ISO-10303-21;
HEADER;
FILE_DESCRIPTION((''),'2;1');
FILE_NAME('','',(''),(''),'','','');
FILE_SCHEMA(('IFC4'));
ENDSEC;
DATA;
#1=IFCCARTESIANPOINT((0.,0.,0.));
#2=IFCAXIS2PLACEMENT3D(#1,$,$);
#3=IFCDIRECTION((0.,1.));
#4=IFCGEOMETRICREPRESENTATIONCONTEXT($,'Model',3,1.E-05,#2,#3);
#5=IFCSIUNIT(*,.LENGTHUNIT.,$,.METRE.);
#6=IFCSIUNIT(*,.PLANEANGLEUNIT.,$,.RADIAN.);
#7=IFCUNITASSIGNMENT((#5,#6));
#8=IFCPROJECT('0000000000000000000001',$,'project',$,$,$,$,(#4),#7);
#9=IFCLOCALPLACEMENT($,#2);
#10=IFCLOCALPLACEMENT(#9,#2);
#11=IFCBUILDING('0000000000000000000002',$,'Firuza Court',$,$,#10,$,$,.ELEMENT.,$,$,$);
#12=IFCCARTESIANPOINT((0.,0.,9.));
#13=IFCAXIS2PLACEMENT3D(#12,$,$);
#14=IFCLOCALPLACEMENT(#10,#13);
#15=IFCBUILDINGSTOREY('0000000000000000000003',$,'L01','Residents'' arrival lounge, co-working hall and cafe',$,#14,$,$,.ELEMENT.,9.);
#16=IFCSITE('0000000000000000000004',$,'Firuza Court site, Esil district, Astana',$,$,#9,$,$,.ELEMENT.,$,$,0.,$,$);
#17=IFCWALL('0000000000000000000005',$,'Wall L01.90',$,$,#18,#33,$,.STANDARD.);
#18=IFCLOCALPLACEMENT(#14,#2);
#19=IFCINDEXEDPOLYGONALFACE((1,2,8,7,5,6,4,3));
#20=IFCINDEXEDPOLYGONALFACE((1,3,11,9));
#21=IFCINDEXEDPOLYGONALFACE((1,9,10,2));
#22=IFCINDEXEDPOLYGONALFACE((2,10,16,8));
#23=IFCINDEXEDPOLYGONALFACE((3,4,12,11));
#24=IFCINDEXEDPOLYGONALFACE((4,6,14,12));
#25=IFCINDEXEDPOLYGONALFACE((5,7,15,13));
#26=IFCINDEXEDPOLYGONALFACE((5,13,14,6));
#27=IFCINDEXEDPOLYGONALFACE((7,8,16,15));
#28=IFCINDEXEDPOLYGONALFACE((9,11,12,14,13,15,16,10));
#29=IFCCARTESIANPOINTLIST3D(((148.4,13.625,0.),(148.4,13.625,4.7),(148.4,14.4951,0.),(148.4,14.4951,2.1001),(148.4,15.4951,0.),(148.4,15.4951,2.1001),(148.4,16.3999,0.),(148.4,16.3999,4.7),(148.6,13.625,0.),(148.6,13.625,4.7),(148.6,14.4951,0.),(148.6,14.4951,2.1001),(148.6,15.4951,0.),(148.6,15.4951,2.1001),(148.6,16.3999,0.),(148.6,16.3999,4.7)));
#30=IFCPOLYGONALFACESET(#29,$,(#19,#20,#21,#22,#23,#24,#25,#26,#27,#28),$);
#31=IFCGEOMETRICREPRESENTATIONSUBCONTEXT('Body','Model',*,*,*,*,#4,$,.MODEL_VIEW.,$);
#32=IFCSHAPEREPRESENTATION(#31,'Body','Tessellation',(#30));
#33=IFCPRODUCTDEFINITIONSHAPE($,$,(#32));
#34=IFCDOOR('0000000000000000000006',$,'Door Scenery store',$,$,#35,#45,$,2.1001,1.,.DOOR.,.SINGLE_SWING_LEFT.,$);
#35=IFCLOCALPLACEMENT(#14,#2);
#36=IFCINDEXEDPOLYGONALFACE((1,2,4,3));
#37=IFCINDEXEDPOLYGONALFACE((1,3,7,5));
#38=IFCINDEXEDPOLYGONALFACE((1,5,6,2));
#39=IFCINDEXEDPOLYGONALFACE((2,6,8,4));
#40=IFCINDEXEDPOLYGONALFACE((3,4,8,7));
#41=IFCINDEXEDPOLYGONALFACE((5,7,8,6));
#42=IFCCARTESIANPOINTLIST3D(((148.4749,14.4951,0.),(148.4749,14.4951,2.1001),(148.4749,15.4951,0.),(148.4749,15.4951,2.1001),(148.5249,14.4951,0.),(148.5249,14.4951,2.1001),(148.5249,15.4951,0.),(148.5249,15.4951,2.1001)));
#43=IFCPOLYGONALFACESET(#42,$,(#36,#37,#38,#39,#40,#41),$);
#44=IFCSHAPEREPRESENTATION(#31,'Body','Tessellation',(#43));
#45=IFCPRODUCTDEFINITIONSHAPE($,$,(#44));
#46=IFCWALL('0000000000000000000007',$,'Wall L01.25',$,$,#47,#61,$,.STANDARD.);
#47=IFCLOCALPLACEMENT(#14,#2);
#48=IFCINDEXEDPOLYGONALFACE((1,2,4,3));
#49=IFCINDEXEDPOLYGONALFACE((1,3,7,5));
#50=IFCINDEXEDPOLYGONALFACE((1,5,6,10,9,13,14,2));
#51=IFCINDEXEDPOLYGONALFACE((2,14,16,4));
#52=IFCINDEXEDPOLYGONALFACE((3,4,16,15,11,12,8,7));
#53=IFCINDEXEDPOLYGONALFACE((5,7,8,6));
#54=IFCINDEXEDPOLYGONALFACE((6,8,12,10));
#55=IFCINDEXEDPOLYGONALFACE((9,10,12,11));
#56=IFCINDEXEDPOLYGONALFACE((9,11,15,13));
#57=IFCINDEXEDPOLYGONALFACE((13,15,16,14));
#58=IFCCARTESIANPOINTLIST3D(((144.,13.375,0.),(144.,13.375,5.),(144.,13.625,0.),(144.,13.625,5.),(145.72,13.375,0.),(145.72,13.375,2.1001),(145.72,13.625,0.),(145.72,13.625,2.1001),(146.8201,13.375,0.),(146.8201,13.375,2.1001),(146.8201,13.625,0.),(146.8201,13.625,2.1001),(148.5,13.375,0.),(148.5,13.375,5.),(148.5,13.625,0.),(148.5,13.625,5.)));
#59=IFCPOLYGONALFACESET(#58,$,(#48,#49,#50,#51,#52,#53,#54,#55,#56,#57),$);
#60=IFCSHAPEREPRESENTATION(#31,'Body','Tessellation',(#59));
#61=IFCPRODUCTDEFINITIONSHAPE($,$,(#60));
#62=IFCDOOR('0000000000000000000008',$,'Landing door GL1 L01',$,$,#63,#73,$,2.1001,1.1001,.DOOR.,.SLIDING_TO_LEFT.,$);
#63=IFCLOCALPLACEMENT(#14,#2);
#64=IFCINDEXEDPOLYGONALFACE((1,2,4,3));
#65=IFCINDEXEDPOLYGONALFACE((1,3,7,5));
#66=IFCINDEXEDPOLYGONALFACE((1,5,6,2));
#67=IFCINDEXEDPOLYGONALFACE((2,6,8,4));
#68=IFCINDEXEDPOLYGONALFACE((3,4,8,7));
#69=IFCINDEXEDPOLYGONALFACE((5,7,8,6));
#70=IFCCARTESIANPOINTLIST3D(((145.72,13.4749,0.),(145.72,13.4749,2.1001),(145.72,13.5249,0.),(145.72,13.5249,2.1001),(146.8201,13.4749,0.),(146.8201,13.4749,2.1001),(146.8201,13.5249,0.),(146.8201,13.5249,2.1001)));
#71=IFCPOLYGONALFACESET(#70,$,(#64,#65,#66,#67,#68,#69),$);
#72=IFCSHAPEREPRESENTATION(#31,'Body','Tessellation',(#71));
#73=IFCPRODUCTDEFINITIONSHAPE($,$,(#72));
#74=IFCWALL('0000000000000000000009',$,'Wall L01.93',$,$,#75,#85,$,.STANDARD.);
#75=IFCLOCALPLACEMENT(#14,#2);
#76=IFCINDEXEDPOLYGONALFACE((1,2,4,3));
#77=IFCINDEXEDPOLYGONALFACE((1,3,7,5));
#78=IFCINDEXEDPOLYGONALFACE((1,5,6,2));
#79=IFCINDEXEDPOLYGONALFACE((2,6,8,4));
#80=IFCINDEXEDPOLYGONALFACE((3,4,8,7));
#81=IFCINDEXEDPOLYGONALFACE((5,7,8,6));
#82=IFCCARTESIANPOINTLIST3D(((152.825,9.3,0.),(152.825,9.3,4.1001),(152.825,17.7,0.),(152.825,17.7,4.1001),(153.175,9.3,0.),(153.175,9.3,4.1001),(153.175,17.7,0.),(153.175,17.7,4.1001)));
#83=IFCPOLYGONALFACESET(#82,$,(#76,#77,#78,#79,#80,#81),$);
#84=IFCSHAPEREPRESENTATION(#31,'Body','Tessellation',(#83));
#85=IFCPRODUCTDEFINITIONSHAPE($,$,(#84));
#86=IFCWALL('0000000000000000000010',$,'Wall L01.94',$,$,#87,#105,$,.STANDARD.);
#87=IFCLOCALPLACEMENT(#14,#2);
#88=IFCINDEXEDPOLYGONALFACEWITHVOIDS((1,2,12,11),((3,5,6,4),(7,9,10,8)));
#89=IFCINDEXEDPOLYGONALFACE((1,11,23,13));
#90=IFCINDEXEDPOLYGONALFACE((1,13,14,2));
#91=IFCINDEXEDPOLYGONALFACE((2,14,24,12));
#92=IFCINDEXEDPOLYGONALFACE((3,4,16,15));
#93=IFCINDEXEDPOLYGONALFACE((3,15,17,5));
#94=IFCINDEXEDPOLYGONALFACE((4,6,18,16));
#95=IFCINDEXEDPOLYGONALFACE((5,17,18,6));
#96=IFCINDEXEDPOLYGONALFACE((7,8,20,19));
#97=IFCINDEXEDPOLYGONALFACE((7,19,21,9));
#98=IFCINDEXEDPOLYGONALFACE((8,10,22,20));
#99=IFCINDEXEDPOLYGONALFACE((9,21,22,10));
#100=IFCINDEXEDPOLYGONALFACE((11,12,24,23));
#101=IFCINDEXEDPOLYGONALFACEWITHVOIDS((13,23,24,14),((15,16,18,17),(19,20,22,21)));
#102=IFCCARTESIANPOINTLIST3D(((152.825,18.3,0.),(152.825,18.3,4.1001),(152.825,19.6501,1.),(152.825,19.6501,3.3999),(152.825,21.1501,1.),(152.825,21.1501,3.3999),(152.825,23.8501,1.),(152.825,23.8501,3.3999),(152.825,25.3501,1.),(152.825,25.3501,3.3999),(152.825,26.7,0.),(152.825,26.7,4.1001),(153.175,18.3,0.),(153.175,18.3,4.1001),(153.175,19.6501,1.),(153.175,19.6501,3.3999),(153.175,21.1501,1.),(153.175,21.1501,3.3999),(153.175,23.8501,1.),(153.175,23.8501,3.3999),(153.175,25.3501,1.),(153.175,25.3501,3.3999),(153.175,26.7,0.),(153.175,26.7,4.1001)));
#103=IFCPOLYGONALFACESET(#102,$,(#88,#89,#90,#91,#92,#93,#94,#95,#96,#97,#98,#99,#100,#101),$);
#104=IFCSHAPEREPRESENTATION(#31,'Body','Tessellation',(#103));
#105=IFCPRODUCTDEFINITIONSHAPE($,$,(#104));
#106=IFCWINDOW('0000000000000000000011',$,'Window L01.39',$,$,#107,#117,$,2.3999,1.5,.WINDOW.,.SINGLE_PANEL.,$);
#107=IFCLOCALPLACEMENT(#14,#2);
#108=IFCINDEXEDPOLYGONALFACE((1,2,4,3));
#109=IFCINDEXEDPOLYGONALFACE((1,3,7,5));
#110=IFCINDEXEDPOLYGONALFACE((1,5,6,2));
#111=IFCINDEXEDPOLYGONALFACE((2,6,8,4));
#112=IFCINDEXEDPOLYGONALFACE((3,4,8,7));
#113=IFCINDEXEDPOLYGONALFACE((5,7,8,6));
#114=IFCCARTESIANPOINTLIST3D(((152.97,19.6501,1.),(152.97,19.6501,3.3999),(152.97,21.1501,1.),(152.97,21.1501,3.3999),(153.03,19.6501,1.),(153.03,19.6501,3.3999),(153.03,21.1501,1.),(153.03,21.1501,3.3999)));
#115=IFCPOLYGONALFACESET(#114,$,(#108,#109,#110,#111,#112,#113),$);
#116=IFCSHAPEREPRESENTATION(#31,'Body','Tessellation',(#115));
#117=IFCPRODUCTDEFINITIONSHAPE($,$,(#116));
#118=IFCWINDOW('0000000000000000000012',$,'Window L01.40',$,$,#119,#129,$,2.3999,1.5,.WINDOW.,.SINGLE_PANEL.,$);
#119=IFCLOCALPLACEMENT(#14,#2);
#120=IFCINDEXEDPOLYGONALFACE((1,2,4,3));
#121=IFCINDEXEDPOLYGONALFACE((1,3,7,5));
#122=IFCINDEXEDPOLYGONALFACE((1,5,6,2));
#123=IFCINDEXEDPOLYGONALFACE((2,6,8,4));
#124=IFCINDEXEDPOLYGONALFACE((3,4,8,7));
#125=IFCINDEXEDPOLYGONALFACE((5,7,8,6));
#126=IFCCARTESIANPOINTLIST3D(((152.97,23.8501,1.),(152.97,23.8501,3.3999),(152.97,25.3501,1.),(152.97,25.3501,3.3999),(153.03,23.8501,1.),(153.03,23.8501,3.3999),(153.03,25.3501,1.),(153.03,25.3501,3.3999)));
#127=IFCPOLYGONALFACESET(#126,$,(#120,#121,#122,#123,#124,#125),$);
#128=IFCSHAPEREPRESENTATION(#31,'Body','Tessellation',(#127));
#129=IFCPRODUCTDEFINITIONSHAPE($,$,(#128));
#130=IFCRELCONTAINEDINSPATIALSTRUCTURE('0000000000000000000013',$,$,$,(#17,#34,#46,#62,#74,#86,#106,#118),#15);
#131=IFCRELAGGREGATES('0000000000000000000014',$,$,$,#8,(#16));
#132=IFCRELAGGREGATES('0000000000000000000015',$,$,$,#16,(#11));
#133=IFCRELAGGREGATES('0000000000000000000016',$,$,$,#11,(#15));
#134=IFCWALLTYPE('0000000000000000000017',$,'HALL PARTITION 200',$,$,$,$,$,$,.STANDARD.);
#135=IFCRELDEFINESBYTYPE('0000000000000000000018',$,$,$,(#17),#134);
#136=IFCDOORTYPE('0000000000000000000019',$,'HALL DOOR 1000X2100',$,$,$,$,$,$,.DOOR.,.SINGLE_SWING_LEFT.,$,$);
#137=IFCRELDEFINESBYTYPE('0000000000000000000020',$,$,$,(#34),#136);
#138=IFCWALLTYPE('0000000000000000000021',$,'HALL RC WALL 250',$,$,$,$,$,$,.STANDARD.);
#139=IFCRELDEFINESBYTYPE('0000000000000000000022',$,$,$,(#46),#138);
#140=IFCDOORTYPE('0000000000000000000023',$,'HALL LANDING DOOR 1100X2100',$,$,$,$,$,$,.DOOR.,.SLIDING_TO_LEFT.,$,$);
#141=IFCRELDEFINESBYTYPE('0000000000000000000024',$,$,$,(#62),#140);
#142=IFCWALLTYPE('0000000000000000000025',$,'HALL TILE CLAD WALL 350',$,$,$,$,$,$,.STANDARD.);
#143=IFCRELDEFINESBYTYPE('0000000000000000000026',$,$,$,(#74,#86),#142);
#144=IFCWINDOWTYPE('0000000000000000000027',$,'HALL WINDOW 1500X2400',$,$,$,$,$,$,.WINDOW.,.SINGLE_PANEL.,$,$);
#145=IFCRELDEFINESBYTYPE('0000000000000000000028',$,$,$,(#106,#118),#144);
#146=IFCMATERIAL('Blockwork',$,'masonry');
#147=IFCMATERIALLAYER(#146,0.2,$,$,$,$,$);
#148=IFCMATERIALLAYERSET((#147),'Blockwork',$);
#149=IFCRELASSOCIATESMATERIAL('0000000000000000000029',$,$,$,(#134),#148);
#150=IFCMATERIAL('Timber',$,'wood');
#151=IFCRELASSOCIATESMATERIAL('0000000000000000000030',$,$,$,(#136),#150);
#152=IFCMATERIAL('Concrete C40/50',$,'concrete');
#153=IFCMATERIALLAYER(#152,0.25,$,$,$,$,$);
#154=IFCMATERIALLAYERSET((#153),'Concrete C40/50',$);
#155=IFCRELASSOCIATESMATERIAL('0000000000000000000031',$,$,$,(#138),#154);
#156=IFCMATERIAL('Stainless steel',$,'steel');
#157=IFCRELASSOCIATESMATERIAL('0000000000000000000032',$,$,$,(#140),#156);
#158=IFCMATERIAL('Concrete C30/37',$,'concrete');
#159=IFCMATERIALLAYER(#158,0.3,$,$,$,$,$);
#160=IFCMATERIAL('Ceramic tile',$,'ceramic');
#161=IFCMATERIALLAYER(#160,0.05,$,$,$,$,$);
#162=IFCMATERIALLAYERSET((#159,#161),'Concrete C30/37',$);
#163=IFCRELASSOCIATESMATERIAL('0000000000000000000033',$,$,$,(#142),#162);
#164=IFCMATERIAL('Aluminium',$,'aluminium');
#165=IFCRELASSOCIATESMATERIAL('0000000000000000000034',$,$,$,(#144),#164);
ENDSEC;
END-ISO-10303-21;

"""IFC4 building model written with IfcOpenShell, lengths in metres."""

from ifc_helpers import new_model, si_unit, direction, frame, frame_2d, origin, place, context, subcontext, project, spatial, rectangle, extrude, material, layer, layer_set, type_object, element, fill, save


model = new_model("IFC4")

# Units and contexts
model_context = context("Model", 3, precision=1e-05, world=origin(), true_north=direction((0.0, 1.0)))
body_context = subcontext(model_context, "Body", "Model", "MODEL_VIEW")
ifc_project = project(units=[si_unit("LENGTHUNIT", "METRE"), si_unit("PLANEANGLEUNIT", "RADIAN")], contexts=[model_context])

# Site, building, storey
site_placement = place(None, origin())
site = spatial("IfcSite", under=ifc_project, at=site_placement, Name="Firuza Court site, Esil district, Astana", CompositionType="ELEMENT", RefElevation=0.0)
building_placement = place(site_placement, origin())
building = spatial("IfcBuilding", under=site, at=building_placement, Name="Firuza Court", CompositionType="ELEMENT")
storey_placement = place(building_placement, frame((0.0, 0.0, 9.0)))
storey = spatial("IfcBuildingStorey", under=building, at=storey_placement, Name="L01", Description="Residents' arrival lounge, co-working hall and cafe", CompositionType="ELEMENT", Elevation=9.0)

# Shared definitions
ifc_material_1 = material(Name="Blockwork", Category="masonry")
ifc_layer_1 = layer(ifc_material_1, 0.2)
ifc_layer_set_1 = layer_set([ifc_layer_1], Name="Blockwork")
wall_type_1 = type_object("IfcWallType", Name="HALL PARTITION 200", PredefinedType="STANDARD", material=ifc_layer_set_1)

# Walls, openings, doors
ifc_material_2 = material(Name="Timber", Category="wood")
door_type_1 = type_object("IfcDoorType", Name="HALL DOOR 1000X2100", OperationType="SINGLE_SWING_LEFT", PredefinedType="DOOR", material=ifc_material_2)
wall_1_placement = place(storey_placement, frame((148.5, 13.625, 0.0), z_axis=(0.0, 0.0, 1.0), x_axis=(0.0, 1.0, 0.0)))
wall_1 = element("IfcWall", 1, at=wall_1_placement, inside=storey, type_object=wall_type_1, Name="Wall L01.90", PredefinedType="STANDARD", context=body_context, shape_type="SweptSolid", body=[
    extrude(rectangle(XDim=2.7749, YDim=0.2, at=frame_2d((1.3875, 0.0))), origin(), (0.0, 0.0, 1.0), 4.7),
])
opening_1_placement = place(wall_1_placement, frame((0.8701, 0.0, 0.0)))
opening_1 = element("IfcOpeningElement", 2, at=opening_1_placement, cuts=wall_1, PredefinedType="OPENING", context=body_context, shape_type="SweptSolid", body=[
    extrude(rectangle(XDim=1.0, YDim=2.1001, at=frame_2d((0.5, 1.05))), frame((0.0, 0.1118, 0.0), z_axis=(0.0, -1.0, 0.0), x_axis=(1.0, 0.0, 0.0)), (0.0, 0.0, 1.0), 0.2239),
])
door_1_placement = place(opening_1_placement, frame((1.0, 0.0, 0.0), z_axis=(0.0, 0.0, 1.0), x_axis=(-1.0, 0.0, 0.0)))
door_1 = element("IfcDoor", 3, at=door_1_placement, inside=storey, type_object=door_type_1, Name="Door Scenery store", OperationType="SINGLE_SWING_LEFT", OverallHeight=2.1001, OverallWidth=1.0, PredefinedType="DOOR", context=body_context, shape_type="SweptSolid", body=[
    extrude(rectangle(XDim=1.0, YDim=2.1001, at=frame_2d((0.5, 1.05))), frame((0.0, 0.0249, 0.0), z_axis=(0.0, -1.0, 0.0), x_axis=(1.0, 0.0, 0.0)), (0.0, 0.0, 1.0), 0.05),
])
fill(opening_1, door_1)
ifc_material_3 = material(Name="Concrete C40/50", Category="concrete")
ifc_layer_2 = layer(ifc_material_3, 0.25)
ifc_layer_set_2 = layer_set([ifc_layer_2], Name="Concrete C40/50")
wall_type_2 = type_object("IfcWallType", Name="HALL RC WALL 250", PredefinedType="STANDARD", material=ifc_layer_set_2)
wall_2_placement = place(storey_placement, frame((144.0, 13.5, 0.0), z_axis=(0.0, 0.0, 1.0), x_axis=(1.0, 0.0, 0.0)))
wall_2 = element("IfcWall", 4, at=wall_2_placement, inside=storey, type_object=wall_type_2, Name="Wall L01.25", PredefinedType="STANDARD", context=body_context, shape_type="SweptSolid", body=[
    extrude(rectangle(XDim=4.5, YDim=0.25, at=frame_2d((2.25, 0.0))), origin(), (0.0, 0.0, 1.0), 5.0),
])
opening_2_placement = place(wall_2_placement, frame((1.72, 0.0, 0.0)))
opening_2 = element("IfcOpeningElement", 5, at=opening_2_placement, cuts=wall_2, PredefinedType="OPENING", context=body_context, shape_type="SweptSolid", body=[
    extrude(rectangle(XDim=1.1001, YDim=2.1001, at=frame_2d((0.55, 1.05))), frame((0.0, 0.137, 0.0), z_axis=(0.0, -1.0, 0.0), x_axis=(1.0, 0.0, 0.0)), (0.0, 0.0, 1.0), 0.2739),
])
ifc_material_4 = material(Name="Stainless steel", Category="steel")
door_type_2 = type_object("IfcDoorType", Name="HALL LANDING DOOR 1100X2100", OperationType="SLIDING_TO_LEFT", PredefinedType="DOOR", material=ifc_material_4)
door_2_placement = place(opening_2_placement, origin())
door_2 = element("IfcDoor", 6, at=door_2_placement, inside=storey, type_object=door_type_2, Name="Landing door GL1 L01", OperationType="SLIDING_TO_LEFT", OverallHeight=2.1001, OverallWidth=1.1001, PredefinedType="DOOR", context=body_context, shape_type="SweptSolid", body=[
    extrude(rectangle(XDim=1.1001, YDim=2.1001, at=frame_2d((0.55, 1.05))), frame((0.0, 0.0249, 0.0), z_axis=(0.0, -1.0, 0.0), x_axis=(1.0, 0.0, 0.0)), (0.0, 0.0, 1.0), 0.05),
])
fill(opening_2, door_2)

# Wall
ifc_material_5 = material(Name="Concrete C30/37", Category="concrete")
ifc_layer_3 = layer(ifc_material_5, 0.3)
ifc_material_6 = material(Name="Ceramic tile", Category="ceramic")
ifc_layer_4 = layer(ifc_material_6, 0.05)
ifc_layer_set_3 = layer_set([ifc_layer_3, ifc_layer_4], Name="Concrete C30/37")
wall_type_3 = type_object("IfcWallType", Name="HALL TILE CLAD WALL 350", PredefinedType="STANDARD", material=ifc_layer_set_3)
wall_3_placement = place(storey_placement, frame((153.0, 9.3, 0.0), z_axis=(0.0, 0.0, 1.0), x_axis=(0.0, 1.0, 0.0)))
element("IfcWall", 7, at=wall_3_placement, inside=storey, type_object=wall_type_3, Name="Wall L01.93", PredefinedType="STANDARD", context=body_context, shape_type="SweptSolid", body=[
    extrude(rectangle(XDim=8.3999, YDim=0.3501, at=frame_2d((4.2, 0.0))), origin(), (0.0, 0.0, 1.0), 4.1001),
])

# Wall, openings, windows
wall_4_placement = place(storey_placement, frame((153.0, 18.3, 0.0), z_axis=(0.0, 0.0, 1.0), x_axis=(0.0, 1.0, 0.0)))
wall_4 = element("IfcWall", 8, at=wall_4_placement, inside=storey, type_object=wall_type_3, Name="Wall L01.94", PredefinedType="STANDARD", context=body_context, shape_type="SweptSolid", body=[
    extrude(rectangle(XDim=8.3999, YDim=0.3501, at=frame_2d((4.2, 0.0))), origin(), (0.0, 0.0, 1.0), 4.1001),
])
opening_3_placement = place(wall_4_placement, frame((1.3501, 0.0, 1.0)))
opening_3 = element("IfcOpeningElement", 9, at=opening_3_placement, cuts=wall_4, PredefinedType="OPENING", context=body_context, shape_type="SweptSolid", body=[
    extrude(rectangle(XDim=1.5, YDim=2.3999, at=frame_2d((0.75, 1.2))), frame((0.0, 0.187, 0.0), z_axis=(0.0, -1.0, 0.0), x_axis=(1.0, 0.0, 0.0)), (0.0, 0.0, 1.0), 0.374),
])
opening_4_placement = place(wall_4_placement, frame((5.55, 0.0, 1.0)))
opening_4 = element("IfcOpeningElement", 10, at=opening_4_placement, cuts=wall_4, PredefinedType="OPENING", context=body_context, shape_type="SweptSolid", body=[
    extrude(rectangle(XDim=1.5, YDim=2.3999, at=frame_2d((0.75, 1.2))), frame((0.0, 0.187, 0.0), z_axis=(0.0, -1.0, 0.0), x_axis=(1.0, 0.0, 0.0)), (0.0, 0.0, 1.0), 0.374),
])
ifc_material_7 = material(Name="Aluminium", Category="aluminium")
window_type = type_object("IfcWindowType", Name="HALL WINDOW 1500X2400", PartitioningType="SINGLE_PANEL", PredefinedType="WINDOW", material=ifc_material_7)
window_1_placement = place(opening_3_placement, origin())
window_1 = element("IfcWindow", 11, at=window_1_placement, inside=storey, type_object=window_type, Name="Window L01.39", OverallHeight=2.3999, OverallWidth=1.5, PartitioningType="SINGLE_PANEL", PredefinedType="WINDOW", context=body_context, shape_type="SweptSolid", body=[
    extrude(rectangle(XDim=1.5, YDim=2.3999, at=frame_2d((0.75, 1.2))), frame((0.0, 0.03, 0.0), z_axis=(0.0, -1.0, 0.0), x_axis=(1.0, 0.0, 0.0)), (0.0, 0.0, 1.0), 0.0601),
])
fill(opening_3, window_1)
window_2_placement = place(opening_4_placement, origin())
window_2 = element("IfcWindow", 12, at=window_2_placement, inside=storey, type_object=window_type, Name="Window L01.40", OverallHeight=2.3999, OverallWidth=1.5, PartitioningType="SINGLE_PANEL", PredefinedType="WINDOW", context=body_context, shape_type="SweptSolid", body=[
    extrude(rectangle(XDim=1.5, YDim=2.3999, at=frame_2d((0.75, 1.2))), frame((0.0, 0.03, 0.0), z_axis=(0.0, -1.0, 0.0), x_axis=(1.0, 0.0, 0.0)), (0.0, 0.0, 1.0), 0.0601),
])
fill(opening_4, window_2)

save(model, "model.ifc")
